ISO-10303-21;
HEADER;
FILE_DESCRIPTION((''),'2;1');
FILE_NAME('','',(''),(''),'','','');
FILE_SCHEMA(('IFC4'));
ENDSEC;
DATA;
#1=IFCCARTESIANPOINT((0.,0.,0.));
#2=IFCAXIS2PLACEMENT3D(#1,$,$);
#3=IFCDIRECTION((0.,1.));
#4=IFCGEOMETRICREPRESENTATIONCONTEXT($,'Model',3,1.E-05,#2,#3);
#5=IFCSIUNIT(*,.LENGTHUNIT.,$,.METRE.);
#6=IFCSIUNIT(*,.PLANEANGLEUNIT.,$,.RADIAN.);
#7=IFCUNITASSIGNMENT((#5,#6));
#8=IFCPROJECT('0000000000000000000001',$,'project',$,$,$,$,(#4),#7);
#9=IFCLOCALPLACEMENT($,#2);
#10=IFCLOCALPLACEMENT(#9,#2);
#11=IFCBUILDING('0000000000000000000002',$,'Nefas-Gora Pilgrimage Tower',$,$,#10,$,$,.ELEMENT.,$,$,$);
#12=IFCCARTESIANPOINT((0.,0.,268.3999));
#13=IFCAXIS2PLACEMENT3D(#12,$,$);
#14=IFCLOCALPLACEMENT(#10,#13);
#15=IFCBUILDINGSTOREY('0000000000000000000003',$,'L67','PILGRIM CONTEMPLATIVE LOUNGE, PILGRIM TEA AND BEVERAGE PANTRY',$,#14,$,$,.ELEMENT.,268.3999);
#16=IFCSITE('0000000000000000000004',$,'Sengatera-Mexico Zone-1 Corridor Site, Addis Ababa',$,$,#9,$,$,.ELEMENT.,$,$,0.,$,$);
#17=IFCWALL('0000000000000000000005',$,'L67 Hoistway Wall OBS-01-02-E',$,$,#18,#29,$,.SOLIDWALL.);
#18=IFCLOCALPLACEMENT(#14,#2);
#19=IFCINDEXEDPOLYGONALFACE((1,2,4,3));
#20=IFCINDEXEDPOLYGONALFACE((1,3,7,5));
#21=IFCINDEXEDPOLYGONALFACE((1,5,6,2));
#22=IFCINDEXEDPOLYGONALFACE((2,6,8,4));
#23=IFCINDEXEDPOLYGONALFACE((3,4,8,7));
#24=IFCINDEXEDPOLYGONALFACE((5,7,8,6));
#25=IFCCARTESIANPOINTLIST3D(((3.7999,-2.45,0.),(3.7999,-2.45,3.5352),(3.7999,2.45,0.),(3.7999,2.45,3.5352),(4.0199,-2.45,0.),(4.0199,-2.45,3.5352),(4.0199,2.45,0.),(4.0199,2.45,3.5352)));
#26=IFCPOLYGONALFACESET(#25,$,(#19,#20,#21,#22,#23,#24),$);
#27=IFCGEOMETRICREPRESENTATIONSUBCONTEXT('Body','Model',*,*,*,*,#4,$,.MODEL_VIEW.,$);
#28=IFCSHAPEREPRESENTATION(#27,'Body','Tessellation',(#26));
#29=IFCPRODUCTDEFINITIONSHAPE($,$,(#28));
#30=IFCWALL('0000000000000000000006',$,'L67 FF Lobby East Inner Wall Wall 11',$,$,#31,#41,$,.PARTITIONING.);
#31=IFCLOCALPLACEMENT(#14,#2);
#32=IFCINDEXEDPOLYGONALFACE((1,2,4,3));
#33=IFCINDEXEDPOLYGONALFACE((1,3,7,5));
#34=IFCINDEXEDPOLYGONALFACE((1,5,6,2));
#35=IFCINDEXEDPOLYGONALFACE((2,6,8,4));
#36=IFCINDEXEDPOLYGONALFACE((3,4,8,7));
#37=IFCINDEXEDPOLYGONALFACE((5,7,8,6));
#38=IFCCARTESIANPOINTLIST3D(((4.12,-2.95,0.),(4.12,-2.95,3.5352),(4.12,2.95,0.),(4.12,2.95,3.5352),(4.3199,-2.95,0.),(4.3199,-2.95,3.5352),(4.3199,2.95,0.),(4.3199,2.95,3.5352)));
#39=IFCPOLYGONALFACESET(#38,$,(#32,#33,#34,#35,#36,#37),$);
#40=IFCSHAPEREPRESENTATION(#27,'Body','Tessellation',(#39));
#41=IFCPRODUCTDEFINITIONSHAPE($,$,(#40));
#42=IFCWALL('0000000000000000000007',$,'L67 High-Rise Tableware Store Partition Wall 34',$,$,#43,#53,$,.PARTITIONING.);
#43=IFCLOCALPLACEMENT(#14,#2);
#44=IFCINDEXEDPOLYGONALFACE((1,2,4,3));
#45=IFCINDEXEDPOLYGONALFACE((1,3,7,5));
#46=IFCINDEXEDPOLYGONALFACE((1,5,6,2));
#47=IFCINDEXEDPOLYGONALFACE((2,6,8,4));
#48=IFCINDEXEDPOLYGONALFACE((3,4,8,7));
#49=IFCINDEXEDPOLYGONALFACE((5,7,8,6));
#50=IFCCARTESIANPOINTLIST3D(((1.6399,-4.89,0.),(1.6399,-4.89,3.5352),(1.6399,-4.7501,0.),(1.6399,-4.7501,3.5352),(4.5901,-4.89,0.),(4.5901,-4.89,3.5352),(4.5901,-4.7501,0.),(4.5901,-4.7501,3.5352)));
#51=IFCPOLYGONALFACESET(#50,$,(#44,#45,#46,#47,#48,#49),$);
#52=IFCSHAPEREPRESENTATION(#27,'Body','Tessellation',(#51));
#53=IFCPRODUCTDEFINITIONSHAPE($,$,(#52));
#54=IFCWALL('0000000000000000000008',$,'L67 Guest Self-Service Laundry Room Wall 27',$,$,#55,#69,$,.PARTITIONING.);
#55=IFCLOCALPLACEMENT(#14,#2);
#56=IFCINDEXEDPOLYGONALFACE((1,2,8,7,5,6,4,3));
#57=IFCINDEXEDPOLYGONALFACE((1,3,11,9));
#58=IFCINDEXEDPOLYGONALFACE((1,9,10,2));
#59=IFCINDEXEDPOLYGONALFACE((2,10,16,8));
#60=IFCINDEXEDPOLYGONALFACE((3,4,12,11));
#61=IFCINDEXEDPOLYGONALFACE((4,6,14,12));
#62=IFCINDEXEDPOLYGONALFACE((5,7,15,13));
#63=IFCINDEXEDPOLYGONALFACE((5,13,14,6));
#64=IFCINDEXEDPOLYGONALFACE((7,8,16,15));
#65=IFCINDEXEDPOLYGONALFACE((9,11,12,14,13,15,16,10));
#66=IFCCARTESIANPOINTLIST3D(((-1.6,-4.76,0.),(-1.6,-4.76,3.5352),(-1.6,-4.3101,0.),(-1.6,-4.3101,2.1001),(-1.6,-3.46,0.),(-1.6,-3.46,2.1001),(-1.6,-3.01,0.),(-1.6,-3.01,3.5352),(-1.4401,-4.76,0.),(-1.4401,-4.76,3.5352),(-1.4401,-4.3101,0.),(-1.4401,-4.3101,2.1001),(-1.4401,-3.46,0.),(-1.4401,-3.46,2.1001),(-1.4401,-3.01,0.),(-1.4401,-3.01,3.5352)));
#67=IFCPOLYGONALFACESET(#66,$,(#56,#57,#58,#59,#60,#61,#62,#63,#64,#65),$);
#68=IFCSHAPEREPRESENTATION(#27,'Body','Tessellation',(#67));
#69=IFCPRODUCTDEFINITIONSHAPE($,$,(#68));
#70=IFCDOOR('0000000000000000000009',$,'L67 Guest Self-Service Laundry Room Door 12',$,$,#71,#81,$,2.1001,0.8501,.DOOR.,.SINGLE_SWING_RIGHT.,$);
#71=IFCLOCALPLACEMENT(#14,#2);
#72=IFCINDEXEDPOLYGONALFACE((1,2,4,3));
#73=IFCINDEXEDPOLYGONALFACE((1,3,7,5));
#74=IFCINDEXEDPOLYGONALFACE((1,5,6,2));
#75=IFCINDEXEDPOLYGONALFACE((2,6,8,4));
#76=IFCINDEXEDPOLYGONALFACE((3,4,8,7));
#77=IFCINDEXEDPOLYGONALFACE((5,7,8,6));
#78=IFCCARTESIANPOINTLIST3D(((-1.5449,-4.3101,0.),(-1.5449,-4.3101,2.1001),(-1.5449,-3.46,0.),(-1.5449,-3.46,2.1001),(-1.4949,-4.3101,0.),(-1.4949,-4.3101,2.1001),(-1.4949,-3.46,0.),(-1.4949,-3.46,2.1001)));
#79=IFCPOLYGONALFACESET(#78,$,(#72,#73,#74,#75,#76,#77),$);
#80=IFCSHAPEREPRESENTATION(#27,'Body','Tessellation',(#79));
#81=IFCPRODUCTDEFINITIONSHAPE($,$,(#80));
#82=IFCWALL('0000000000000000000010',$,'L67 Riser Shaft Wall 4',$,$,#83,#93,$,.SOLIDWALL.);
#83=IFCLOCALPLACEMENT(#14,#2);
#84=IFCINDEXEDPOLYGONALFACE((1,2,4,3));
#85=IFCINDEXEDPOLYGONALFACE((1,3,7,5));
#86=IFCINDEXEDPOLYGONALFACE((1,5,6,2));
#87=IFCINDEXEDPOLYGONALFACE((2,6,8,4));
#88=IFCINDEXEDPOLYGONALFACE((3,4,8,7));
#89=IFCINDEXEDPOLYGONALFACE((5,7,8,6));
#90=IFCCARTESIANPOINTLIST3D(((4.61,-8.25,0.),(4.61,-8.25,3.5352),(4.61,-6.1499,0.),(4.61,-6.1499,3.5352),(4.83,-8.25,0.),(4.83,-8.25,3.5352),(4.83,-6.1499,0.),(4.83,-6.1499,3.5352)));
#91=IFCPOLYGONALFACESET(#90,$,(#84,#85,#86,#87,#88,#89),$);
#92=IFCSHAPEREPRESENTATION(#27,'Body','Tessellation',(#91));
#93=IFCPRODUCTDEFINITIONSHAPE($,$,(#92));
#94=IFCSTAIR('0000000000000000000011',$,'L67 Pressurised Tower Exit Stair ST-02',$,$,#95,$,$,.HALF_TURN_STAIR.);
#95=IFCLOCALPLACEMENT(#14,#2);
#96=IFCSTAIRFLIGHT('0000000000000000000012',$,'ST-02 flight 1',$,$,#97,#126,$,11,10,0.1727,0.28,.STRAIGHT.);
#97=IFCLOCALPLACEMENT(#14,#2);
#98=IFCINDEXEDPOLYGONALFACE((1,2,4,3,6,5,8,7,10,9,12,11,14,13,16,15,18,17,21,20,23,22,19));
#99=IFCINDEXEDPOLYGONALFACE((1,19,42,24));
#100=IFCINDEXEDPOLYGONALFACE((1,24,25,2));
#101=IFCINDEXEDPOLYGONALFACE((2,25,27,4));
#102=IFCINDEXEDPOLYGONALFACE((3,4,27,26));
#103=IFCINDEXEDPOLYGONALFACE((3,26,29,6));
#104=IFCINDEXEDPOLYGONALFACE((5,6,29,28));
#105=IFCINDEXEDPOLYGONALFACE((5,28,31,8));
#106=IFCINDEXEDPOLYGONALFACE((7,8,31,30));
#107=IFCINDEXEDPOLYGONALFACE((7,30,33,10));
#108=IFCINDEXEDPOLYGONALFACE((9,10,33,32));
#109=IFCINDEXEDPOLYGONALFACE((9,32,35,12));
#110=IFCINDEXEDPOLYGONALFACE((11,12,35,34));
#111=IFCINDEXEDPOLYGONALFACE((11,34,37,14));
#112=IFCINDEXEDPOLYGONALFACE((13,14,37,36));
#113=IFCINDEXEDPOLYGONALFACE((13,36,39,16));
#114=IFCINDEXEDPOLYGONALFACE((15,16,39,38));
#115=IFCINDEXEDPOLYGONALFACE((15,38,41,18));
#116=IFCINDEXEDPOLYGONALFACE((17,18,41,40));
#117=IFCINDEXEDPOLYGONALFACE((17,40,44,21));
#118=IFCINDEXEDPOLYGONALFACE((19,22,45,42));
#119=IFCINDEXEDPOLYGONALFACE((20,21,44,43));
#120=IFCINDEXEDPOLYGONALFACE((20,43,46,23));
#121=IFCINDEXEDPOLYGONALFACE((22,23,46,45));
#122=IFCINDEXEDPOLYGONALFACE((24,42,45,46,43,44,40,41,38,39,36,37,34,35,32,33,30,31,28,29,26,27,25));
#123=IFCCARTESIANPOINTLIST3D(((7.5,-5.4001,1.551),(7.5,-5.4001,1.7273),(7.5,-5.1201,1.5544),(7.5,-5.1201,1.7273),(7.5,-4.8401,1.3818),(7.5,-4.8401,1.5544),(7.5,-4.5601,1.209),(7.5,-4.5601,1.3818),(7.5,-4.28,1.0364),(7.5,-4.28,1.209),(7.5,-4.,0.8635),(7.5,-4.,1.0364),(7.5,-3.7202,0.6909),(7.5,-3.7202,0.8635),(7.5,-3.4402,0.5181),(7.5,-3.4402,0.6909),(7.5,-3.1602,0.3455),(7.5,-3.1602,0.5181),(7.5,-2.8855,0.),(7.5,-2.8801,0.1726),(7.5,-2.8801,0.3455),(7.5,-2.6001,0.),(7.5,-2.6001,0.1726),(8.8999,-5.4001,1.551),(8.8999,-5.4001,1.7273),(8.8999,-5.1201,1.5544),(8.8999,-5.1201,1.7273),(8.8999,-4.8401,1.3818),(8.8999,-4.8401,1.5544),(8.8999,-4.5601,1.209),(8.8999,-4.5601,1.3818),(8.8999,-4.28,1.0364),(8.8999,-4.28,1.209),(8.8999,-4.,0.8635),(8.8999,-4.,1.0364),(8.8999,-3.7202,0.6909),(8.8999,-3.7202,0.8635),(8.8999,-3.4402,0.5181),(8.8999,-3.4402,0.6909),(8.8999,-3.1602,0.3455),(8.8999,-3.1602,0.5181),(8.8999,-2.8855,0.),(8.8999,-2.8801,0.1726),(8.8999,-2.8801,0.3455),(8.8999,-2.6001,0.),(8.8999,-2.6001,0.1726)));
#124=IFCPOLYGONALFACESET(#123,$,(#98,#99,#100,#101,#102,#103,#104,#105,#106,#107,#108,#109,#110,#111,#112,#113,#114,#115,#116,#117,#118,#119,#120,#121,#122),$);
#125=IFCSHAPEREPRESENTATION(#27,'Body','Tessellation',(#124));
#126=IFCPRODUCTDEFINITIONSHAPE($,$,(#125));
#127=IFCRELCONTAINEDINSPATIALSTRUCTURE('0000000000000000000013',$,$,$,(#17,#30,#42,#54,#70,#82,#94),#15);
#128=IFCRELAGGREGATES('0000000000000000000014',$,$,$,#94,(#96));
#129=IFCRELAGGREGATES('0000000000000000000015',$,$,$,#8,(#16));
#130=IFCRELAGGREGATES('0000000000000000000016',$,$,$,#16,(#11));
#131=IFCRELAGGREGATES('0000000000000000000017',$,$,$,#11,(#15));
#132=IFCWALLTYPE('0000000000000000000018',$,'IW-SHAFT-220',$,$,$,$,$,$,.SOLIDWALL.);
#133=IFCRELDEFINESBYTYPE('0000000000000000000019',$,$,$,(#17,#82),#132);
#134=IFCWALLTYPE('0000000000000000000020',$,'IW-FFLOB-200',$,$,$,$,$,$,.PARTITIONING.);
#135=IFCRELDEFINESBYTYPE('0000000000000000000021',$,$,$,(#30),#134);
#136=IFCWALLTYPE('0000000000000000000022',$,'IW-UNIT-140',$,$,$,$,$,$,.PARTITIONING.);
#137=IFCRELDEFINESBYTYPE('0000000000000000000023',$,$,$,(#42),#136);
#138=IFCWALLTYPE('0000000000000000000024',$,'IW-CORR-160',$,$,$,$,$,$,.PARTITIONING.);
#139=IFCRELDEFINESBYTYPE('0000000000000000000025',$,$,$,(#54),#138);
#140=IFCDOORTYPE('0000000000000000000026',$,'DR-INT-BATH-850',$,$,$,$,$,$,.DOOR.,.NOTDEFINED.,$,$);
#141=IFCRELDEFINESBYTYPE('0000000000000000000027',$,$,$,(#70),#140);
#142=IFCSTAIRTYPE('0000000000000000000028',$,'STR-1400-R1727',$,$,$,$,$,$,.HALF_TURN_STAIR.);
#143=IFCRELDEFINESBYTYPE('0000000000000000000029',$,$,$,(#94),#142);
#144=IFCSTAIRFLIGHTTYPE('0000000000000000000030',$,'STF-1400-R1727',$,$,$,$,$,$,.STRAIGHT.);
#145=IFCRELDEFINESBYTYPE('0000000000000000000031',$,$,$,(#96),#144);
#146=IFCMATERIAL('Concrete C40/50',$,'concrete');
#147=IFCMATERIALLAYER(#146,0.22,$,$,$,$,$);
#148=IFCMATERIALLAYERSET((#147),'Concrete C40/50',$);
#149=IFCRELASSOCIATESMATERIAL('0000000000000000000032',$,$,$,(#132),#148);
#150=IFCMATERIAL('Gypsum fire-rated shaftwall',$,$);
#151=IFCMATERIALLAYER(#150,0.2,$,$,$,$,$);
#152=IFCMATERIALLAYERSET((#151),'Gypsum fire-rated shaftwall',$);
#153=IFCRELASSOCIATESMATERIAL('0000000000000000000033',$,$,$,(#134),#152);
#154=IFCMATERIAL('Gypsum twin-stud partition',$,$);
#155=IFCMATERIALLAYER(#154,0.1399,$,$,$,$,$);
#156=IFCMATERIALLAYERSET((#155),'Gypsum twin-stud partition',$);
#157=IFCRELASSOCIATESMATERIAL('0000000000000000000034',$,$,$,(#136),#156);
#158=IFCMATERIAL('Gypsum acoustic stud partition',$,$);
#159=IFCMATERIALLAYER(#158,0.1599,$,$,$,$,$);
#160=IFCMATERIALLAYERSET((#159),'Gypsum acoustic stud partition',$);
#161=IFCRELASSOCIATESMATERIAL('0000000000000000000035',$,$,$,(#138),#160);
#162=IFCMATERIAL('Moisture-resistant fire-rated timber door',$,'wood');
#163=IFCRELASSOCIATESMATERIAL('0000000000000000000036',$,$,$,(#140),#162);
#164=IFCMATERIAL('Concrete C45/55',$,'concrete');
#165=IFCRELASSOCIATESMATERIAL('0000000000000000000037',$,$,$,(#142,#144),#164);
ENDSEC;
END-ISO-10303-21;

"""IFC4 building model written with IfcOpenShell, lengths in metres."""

from ifc_helpers import new_model, si_unit, direction, frame, frame_2d, origin, place, context, subcontext, project, spatial, polyline, rectangle, outline, extrude, source, transform, mapped, material, layer, layer_set, type_object, element, fill, aggregate, save


model = new_model("IFC4")

# Units and contexts
model_context = context("Model", 3, precision=1e-05, world=origin(), true_north=direction((0.0, 1.0)))
body_context = subcontext(model_context, "Body", "Model", "MODEL_VIEW")
ifc_project = project(units=[si_unit("LENGTHUNIT", "METRE"), si_unit("PLANEANGLEUNIT", "RADIAN")], contexts=[model_context])

# Site, building, storey
site_placement = place(None, origin())
site = spatial("IfcSite", under=ifc_project, at=site_placement, Name="Sengatera-Mexico Zone-1 Corridor Site, Addis Ababa", CompositionType="ELEMENT", RefElevation=0.0)
building_placement = place(site_placement, origin())
building = spatial("IfcBuilding", under=site, at=building_placement, Name="Nefas-Gora Pilgrimage Tower", CompositionType="ELEMENT")
storey_placement = place(building_placement, frame((0.0, 0.0, 268.3999)))
storey = spatial("IfcBuildingStorey", under=building, at=storey_placement, Name="L67", Description="PILGRIM CONTEMPLATIVE LOUNGE, PILGRIM TEA AND BEVERAGE PANTRY", CompositionType="ELEMENT", Elevation=268.3999)

# Shared definitions
ifc_material_1 = material(Name="Concrete C40/50", Category="concrete")

# Shared definitions
ifc_material_2 = material(Name="Concrete C45/55", Category="concrete")

# Shared definitions
ifc_layer_1 = layer(ifc_material_1, 0.22)
ifc_layer_set_1 = layer_set([ifc_layer_1], Name="Concrete C40/50")
wall_type_1 = type_object("IfcWallType", Name="IW-SHAFT-220", PredefinedType="SOLIDWALL", material=ifc_layer_set_1)

# Walls
shared_shape_1 = source(origin(), body_context, "Body", "SweptSolid", [
    extrude(rectangle(XDim=4.8999, YDim=0.22, at=frame_2d((2.45, 0.0))), origin(), (0.0, 0.0, 1.0), 3.5352),
])
wall_1_placement = place(storey_placement, frame((3.9099, -2.45, 0.0), z_axis=(0.0, 0.0, 1.0), x_axis=(0.0, 1.0, 0.0)))
element("IfcWall", 1, at=wall_1_placement, inside=storey, type_object=wall_type_1, Name="L67 Hoistway Wall OBS-01-02-E", PredefinedType="SOLIDWALL", context=body_context, shape_type="MappedRepresentation", body=[
    mapped(shared_shape_1, transform((0.0, 0.0, 0.0), x_axis=(1.0, 0.0, 0.0), y_axis=(0.0, 1.0, 0.0), z_axis=(0.0, 0.0, 1.0), scale=1.0)),
])
ifc_material_3 = material(Name="Gypsum fire-rated shaftwall")
ifc_layer_2 = layer(ifc_material_3, 0.2)
ifc_layer_set_2 = layer_set([ifc_layer_2], Name="Gypsum fire-rated shaftwall")
wall_type_2 = type_object("IfcWallType", Name="IW-FFLOB-200", PredefinedType="PARTITIONING", material=ifc_layer_set_2)
shared_shape_2 = source(origin(), body_context, "Body", "SweptSolid", [
    extrude(rectangle(XDim=5.8999, YDim=0.2, at=frame_2d((2.95, 0.0))), origin(), (0.0, 0.0, 1.0), 3.5352),
])
wall_2_placement = place(storey_placement, frame((4.22, -2.95, 0.0), z_axis=(0.0, 0.0, 1.0), x_axis=(0.0, 1.0, 0.0)))
element("IfcWall", 2, at=wall_2_placement, inside=storey, type_object=wall_type_2, Name="L67 FF Lobby East Inner Wall Wall 11", PredefinedType="PARTITIONING", context=body_context, shape_type="MappedRepresentation", body=[
    mapped(shared_shape_2, transform((0.0, 0.0, 0.0), x_axis=(1.0, 0.0, 0.0), y_axis=(0.0, 1.0, 0.0), z_axis=(0.0, 0.0, 1.0), scale=1.0)),
])
ifc_material_4 = material(Name="Gypsum twin-stud partition")
ifc_layer_3 = layer(ifc_material_4, 0.1399)
ifc_layer_set_3 = layer_set([ifc_layer_3], Name="Gypsum twin-stud partition")
wall_type_3 = type_object("IfcWallType", Name="IW-UNIT-140", PredefinedType="PARTITIONING", material=ifc_layer_set_3)
shared_shape_3 = source(origin(), body_context, "Body", "SweptSolid", [
    extrude(rectangle(XDim=2.9502, YDim=0.1399, at=frame_2d((1.4751, 0.0))), origin(), (0.0, 0.0, 1.0), 3.5352),
])
wall_3_placement = place(storey_placement, frame((1.6399, -4.8201, 0.0), z_axis=(0.0, 0.0, 1.0), x_axis=(1.0, 0.0, 0.0)))
element("IfcWall", 3, at=wall_3_placement, inside=storey, type_object=wall_type_3, Name="L67 High-Rise Tableware Store Partition Wall 34", PredefinedType="PARTITIONING", context=body_context, shape_type="MappedRepresentation", body=[
    mapped(shared_shape_3, transform((0.0, 0.0, 0.0), x_axis=(1.0, 0.0, 0.0), y_axis=(0.0, 1.0, 0.0), z_axis=(0.0, 0.0, 1.0), scale=1.0)),
])

# Wall, opening, door
ifc_material_5 = material(Name="Gypsum acoustic stud partition")
ifc_layer_4 = layer(ifc_material_5, 0.1599)
ifc_layer_set_4 = layer_set([ifc_layer_4], Name="Gypsum acoustic stud partition")
wall_type_4 = type_object("IfcWallType", Name="IW-CORR-160", PredefinedType="PARTITIONING", material=ifc_layer_set_4)
shared_shape_4 = source(origin(), body_context, "Body", "SweptSolid", [
    extrude(rectangle(XDim=1.75, YDim=0.1599, at=frame_2d((0.875, 0.0))), origin(), (0.0, 0.0, 1.0), 3.5352),
])
wall_4_placement = place(storey_placement, frame((-1.52, -4.76, 0.0), z_axis=(0.0, 0.0, 1.0), x_axis=(0.0, 1.0, 0.0)))
wall_4 = element("IfcWall", 4, at=wall_4_placement, inside=storey, type_object=wall_type_4, Name="L67 Guest Self-Service Laundry Room Wall 27", PredefinedType="PARTITIONING", context=body_context, shape_type="MappedRepresentation", body=[
    mapped(shared_shape_4, transform((0.0, 0.0, 0.0), x_axis=(1.0, 0.0, 0.0), y_axis=(0.0, 1.0, 0.0), z_axis=(0.0, 0.0, 1.0), scale=1.0)),
])
opening_1_placement = place(wall_4_placement, frame((0.45, 0.0, 0.0)))
opening_1 = element("IfcOpeningElement", 5, at=opening_1_placement, cuts=wall_4, PredefinedType="OPENING", context=body_context, shape_type="SweptSolid", body=[
    extrude(rectangle(XDim=0.8501, YDim=2.1001, at=frame_2d((0.425, 1.05))), frame((0.0, 0.0898, 0.0), z_axis=(0.0, -1.0, 0.0), x_axis=(1.0, 0.0, 0.0)), (0.0, 0.0, 1.0), 0.1799),
])
ifc_material_6 = material(Name="Moisture-resistant fire-rated timber door", Category="wood")
door_type_1 = type_object("IfcDoorType", Name="DR-INT-BATH-850", OperationType="NOTDEFINED", PredefinedType="DOOR", material=ifc_material_6)
shared_shape_5 = source(origin(), body_context, "Body", "SweptSolid", [
    extrude(rectangle(XDim=0.8501, YDim=2.1001, at=frame_2d((0.425, 1.05))), frame((0.0, 0.0249, 0.0), z_axis=(0.0, -1.0, 0.0), x_axis=(1.0, 0.0, 0.0)), (0.0, 0.0, 1.0), 0.05),
])
door_1_placement = place(opening_1_placement, origin())
door_1 = element("IfcDoor", 6, at=door_1_placement, inside=storey, type_object=door_type_1, Name="L67 Guest Self-Service Laundry Room Door 12", OperationType="SINGLE_SWING_RIGHT", OverallHeight=2.1001, OverallWidth=0.8501, PredefinedType="DOOR", context=body_context, shape_type="MappedRepresentation", body=[
    mapped(shared_shape_5, transform((0.0, 0.0, 0.0), x_axis=(1.0, 0.0, 0.0), y_axis=(0.0, 1.0, 0.0), z_axis=(0.0, 0.0, 1.0), scale=1.0)),
])
fill(opening_1, door_1)

# Wall
shared_shape_6 = source(origin(), body_context, "Body", "SweptSolid", [
    extrude(rectangle(XDim=2.1001, YDim=0.22, at=frame_2d((1.05, 0.0))), origin(), (0.0, 0.0, 1.0), 3.5352),
])
wall_5_placement = place(storey_placement, frame((4.72, -8.25, 0.0), z_axis=(0.0, 0.0, 1.0), x_axis=(0.0, 1.0, 0.0)))
element("IfcWall", 7, at=wall_5_placement, inside=storey, type_object=wall_type_1, Name="L67 Riser Shaft Wall 4", PredefinedType="SOLIDWALL", context=body_context, shape_type="MappedRepresentation", body=[
    mapped(shared_shape_6, transform((0.0, 0.0, 0.0), x_axis=(1.0, 0.0, 0.0), y_axis=(0.0, 1.0, 0.0), z_axis=(0.0, 0.0, 1.0), scale=1.0)),
])

# Stair, stair flight
stair_type = type_object("IfcStairType", Name="STR-1400-R1727", PredefinedType="HALF_TURN_STAIR", material=ifc_material_2)
stair_placement = place(storey_placement, origin())
stair = element("IfcStair", 8, at=stair_placement, inside=storey, type_object=stair_type, Name="L67 Pressurised Tower Exit Stair ST-02", PredefinedType="HALF_TURN_STAIR")
stair_flight_type = type_object("IfcStairFlightType", Name="STF-1400-R1727", PredefinedType="STRAIGHT", material=ifc_material_2)
shared_shape_7 = source(origin(), body_context, "Body", "SweptSolid", [
    extrude(outline(polyline([(0.0, 0.0), (0.0, 0.1726), (0.28, 0.1726), (0.28, 0.3455), (0.5601, 0.3455), (0.5601, 0.5181), (0.8401, 0.5181), (0.8401, 0.6909), (1.1201, 0.6909), (1.1201, 0.8635), (1.3999, 0.8635), (1.3999, 1.0364), (1.6799, 1.0364), (1.6799, 1.209), (1.96, 1.209), (1.96, 1.3818), (2.24, 1.3818), (2.24, 1.5544), (2.52, 1.5544), (2.52, 1.7273), (2.8, 1.7273), (2.8, 1.8999), (2.8, 1.551), (0.2854, 0.0), (0.0, 0.0)])), frame((0.0, 0.7, 0.0), z_axis=(0.0, -1.0, 0.0), x_axis=(1.0, 0.0, 0.0)), (0.0, 0.0, 1.0), 1.3999),
])
stair_flight_placement = place(storey_placement, frame((8.2, -2.6001, 0.0), z_axis=(0.0, 0.0, 1.0), x_axis=(0.0, -1.0, 0.0)))
stair_flight = element("IfcStairFlight", 9, at=stair_flight_placement, type_object=stair_flight_type, Name="ST-02 flight 1", NumberOfRisers=11, NumberOfTreads=10, PredefinedType="STRAIGHT", RiserHeight=0.1727, TreadLength=0.28, context=body_context, shape_type="MappedRepresentation", body=[
    mapped(shared_shape_7, transform((0.0, 0.0, 0.0), x_axis=(1.0, 0.0, 0.0), y_axis=(0.0, 1.0, 0.0), z_axis=(0.0, 0.0, 1.0), scale=1.0)),
])
aggregate(stair, [stair_flight])

save(model, "model.ifc")
